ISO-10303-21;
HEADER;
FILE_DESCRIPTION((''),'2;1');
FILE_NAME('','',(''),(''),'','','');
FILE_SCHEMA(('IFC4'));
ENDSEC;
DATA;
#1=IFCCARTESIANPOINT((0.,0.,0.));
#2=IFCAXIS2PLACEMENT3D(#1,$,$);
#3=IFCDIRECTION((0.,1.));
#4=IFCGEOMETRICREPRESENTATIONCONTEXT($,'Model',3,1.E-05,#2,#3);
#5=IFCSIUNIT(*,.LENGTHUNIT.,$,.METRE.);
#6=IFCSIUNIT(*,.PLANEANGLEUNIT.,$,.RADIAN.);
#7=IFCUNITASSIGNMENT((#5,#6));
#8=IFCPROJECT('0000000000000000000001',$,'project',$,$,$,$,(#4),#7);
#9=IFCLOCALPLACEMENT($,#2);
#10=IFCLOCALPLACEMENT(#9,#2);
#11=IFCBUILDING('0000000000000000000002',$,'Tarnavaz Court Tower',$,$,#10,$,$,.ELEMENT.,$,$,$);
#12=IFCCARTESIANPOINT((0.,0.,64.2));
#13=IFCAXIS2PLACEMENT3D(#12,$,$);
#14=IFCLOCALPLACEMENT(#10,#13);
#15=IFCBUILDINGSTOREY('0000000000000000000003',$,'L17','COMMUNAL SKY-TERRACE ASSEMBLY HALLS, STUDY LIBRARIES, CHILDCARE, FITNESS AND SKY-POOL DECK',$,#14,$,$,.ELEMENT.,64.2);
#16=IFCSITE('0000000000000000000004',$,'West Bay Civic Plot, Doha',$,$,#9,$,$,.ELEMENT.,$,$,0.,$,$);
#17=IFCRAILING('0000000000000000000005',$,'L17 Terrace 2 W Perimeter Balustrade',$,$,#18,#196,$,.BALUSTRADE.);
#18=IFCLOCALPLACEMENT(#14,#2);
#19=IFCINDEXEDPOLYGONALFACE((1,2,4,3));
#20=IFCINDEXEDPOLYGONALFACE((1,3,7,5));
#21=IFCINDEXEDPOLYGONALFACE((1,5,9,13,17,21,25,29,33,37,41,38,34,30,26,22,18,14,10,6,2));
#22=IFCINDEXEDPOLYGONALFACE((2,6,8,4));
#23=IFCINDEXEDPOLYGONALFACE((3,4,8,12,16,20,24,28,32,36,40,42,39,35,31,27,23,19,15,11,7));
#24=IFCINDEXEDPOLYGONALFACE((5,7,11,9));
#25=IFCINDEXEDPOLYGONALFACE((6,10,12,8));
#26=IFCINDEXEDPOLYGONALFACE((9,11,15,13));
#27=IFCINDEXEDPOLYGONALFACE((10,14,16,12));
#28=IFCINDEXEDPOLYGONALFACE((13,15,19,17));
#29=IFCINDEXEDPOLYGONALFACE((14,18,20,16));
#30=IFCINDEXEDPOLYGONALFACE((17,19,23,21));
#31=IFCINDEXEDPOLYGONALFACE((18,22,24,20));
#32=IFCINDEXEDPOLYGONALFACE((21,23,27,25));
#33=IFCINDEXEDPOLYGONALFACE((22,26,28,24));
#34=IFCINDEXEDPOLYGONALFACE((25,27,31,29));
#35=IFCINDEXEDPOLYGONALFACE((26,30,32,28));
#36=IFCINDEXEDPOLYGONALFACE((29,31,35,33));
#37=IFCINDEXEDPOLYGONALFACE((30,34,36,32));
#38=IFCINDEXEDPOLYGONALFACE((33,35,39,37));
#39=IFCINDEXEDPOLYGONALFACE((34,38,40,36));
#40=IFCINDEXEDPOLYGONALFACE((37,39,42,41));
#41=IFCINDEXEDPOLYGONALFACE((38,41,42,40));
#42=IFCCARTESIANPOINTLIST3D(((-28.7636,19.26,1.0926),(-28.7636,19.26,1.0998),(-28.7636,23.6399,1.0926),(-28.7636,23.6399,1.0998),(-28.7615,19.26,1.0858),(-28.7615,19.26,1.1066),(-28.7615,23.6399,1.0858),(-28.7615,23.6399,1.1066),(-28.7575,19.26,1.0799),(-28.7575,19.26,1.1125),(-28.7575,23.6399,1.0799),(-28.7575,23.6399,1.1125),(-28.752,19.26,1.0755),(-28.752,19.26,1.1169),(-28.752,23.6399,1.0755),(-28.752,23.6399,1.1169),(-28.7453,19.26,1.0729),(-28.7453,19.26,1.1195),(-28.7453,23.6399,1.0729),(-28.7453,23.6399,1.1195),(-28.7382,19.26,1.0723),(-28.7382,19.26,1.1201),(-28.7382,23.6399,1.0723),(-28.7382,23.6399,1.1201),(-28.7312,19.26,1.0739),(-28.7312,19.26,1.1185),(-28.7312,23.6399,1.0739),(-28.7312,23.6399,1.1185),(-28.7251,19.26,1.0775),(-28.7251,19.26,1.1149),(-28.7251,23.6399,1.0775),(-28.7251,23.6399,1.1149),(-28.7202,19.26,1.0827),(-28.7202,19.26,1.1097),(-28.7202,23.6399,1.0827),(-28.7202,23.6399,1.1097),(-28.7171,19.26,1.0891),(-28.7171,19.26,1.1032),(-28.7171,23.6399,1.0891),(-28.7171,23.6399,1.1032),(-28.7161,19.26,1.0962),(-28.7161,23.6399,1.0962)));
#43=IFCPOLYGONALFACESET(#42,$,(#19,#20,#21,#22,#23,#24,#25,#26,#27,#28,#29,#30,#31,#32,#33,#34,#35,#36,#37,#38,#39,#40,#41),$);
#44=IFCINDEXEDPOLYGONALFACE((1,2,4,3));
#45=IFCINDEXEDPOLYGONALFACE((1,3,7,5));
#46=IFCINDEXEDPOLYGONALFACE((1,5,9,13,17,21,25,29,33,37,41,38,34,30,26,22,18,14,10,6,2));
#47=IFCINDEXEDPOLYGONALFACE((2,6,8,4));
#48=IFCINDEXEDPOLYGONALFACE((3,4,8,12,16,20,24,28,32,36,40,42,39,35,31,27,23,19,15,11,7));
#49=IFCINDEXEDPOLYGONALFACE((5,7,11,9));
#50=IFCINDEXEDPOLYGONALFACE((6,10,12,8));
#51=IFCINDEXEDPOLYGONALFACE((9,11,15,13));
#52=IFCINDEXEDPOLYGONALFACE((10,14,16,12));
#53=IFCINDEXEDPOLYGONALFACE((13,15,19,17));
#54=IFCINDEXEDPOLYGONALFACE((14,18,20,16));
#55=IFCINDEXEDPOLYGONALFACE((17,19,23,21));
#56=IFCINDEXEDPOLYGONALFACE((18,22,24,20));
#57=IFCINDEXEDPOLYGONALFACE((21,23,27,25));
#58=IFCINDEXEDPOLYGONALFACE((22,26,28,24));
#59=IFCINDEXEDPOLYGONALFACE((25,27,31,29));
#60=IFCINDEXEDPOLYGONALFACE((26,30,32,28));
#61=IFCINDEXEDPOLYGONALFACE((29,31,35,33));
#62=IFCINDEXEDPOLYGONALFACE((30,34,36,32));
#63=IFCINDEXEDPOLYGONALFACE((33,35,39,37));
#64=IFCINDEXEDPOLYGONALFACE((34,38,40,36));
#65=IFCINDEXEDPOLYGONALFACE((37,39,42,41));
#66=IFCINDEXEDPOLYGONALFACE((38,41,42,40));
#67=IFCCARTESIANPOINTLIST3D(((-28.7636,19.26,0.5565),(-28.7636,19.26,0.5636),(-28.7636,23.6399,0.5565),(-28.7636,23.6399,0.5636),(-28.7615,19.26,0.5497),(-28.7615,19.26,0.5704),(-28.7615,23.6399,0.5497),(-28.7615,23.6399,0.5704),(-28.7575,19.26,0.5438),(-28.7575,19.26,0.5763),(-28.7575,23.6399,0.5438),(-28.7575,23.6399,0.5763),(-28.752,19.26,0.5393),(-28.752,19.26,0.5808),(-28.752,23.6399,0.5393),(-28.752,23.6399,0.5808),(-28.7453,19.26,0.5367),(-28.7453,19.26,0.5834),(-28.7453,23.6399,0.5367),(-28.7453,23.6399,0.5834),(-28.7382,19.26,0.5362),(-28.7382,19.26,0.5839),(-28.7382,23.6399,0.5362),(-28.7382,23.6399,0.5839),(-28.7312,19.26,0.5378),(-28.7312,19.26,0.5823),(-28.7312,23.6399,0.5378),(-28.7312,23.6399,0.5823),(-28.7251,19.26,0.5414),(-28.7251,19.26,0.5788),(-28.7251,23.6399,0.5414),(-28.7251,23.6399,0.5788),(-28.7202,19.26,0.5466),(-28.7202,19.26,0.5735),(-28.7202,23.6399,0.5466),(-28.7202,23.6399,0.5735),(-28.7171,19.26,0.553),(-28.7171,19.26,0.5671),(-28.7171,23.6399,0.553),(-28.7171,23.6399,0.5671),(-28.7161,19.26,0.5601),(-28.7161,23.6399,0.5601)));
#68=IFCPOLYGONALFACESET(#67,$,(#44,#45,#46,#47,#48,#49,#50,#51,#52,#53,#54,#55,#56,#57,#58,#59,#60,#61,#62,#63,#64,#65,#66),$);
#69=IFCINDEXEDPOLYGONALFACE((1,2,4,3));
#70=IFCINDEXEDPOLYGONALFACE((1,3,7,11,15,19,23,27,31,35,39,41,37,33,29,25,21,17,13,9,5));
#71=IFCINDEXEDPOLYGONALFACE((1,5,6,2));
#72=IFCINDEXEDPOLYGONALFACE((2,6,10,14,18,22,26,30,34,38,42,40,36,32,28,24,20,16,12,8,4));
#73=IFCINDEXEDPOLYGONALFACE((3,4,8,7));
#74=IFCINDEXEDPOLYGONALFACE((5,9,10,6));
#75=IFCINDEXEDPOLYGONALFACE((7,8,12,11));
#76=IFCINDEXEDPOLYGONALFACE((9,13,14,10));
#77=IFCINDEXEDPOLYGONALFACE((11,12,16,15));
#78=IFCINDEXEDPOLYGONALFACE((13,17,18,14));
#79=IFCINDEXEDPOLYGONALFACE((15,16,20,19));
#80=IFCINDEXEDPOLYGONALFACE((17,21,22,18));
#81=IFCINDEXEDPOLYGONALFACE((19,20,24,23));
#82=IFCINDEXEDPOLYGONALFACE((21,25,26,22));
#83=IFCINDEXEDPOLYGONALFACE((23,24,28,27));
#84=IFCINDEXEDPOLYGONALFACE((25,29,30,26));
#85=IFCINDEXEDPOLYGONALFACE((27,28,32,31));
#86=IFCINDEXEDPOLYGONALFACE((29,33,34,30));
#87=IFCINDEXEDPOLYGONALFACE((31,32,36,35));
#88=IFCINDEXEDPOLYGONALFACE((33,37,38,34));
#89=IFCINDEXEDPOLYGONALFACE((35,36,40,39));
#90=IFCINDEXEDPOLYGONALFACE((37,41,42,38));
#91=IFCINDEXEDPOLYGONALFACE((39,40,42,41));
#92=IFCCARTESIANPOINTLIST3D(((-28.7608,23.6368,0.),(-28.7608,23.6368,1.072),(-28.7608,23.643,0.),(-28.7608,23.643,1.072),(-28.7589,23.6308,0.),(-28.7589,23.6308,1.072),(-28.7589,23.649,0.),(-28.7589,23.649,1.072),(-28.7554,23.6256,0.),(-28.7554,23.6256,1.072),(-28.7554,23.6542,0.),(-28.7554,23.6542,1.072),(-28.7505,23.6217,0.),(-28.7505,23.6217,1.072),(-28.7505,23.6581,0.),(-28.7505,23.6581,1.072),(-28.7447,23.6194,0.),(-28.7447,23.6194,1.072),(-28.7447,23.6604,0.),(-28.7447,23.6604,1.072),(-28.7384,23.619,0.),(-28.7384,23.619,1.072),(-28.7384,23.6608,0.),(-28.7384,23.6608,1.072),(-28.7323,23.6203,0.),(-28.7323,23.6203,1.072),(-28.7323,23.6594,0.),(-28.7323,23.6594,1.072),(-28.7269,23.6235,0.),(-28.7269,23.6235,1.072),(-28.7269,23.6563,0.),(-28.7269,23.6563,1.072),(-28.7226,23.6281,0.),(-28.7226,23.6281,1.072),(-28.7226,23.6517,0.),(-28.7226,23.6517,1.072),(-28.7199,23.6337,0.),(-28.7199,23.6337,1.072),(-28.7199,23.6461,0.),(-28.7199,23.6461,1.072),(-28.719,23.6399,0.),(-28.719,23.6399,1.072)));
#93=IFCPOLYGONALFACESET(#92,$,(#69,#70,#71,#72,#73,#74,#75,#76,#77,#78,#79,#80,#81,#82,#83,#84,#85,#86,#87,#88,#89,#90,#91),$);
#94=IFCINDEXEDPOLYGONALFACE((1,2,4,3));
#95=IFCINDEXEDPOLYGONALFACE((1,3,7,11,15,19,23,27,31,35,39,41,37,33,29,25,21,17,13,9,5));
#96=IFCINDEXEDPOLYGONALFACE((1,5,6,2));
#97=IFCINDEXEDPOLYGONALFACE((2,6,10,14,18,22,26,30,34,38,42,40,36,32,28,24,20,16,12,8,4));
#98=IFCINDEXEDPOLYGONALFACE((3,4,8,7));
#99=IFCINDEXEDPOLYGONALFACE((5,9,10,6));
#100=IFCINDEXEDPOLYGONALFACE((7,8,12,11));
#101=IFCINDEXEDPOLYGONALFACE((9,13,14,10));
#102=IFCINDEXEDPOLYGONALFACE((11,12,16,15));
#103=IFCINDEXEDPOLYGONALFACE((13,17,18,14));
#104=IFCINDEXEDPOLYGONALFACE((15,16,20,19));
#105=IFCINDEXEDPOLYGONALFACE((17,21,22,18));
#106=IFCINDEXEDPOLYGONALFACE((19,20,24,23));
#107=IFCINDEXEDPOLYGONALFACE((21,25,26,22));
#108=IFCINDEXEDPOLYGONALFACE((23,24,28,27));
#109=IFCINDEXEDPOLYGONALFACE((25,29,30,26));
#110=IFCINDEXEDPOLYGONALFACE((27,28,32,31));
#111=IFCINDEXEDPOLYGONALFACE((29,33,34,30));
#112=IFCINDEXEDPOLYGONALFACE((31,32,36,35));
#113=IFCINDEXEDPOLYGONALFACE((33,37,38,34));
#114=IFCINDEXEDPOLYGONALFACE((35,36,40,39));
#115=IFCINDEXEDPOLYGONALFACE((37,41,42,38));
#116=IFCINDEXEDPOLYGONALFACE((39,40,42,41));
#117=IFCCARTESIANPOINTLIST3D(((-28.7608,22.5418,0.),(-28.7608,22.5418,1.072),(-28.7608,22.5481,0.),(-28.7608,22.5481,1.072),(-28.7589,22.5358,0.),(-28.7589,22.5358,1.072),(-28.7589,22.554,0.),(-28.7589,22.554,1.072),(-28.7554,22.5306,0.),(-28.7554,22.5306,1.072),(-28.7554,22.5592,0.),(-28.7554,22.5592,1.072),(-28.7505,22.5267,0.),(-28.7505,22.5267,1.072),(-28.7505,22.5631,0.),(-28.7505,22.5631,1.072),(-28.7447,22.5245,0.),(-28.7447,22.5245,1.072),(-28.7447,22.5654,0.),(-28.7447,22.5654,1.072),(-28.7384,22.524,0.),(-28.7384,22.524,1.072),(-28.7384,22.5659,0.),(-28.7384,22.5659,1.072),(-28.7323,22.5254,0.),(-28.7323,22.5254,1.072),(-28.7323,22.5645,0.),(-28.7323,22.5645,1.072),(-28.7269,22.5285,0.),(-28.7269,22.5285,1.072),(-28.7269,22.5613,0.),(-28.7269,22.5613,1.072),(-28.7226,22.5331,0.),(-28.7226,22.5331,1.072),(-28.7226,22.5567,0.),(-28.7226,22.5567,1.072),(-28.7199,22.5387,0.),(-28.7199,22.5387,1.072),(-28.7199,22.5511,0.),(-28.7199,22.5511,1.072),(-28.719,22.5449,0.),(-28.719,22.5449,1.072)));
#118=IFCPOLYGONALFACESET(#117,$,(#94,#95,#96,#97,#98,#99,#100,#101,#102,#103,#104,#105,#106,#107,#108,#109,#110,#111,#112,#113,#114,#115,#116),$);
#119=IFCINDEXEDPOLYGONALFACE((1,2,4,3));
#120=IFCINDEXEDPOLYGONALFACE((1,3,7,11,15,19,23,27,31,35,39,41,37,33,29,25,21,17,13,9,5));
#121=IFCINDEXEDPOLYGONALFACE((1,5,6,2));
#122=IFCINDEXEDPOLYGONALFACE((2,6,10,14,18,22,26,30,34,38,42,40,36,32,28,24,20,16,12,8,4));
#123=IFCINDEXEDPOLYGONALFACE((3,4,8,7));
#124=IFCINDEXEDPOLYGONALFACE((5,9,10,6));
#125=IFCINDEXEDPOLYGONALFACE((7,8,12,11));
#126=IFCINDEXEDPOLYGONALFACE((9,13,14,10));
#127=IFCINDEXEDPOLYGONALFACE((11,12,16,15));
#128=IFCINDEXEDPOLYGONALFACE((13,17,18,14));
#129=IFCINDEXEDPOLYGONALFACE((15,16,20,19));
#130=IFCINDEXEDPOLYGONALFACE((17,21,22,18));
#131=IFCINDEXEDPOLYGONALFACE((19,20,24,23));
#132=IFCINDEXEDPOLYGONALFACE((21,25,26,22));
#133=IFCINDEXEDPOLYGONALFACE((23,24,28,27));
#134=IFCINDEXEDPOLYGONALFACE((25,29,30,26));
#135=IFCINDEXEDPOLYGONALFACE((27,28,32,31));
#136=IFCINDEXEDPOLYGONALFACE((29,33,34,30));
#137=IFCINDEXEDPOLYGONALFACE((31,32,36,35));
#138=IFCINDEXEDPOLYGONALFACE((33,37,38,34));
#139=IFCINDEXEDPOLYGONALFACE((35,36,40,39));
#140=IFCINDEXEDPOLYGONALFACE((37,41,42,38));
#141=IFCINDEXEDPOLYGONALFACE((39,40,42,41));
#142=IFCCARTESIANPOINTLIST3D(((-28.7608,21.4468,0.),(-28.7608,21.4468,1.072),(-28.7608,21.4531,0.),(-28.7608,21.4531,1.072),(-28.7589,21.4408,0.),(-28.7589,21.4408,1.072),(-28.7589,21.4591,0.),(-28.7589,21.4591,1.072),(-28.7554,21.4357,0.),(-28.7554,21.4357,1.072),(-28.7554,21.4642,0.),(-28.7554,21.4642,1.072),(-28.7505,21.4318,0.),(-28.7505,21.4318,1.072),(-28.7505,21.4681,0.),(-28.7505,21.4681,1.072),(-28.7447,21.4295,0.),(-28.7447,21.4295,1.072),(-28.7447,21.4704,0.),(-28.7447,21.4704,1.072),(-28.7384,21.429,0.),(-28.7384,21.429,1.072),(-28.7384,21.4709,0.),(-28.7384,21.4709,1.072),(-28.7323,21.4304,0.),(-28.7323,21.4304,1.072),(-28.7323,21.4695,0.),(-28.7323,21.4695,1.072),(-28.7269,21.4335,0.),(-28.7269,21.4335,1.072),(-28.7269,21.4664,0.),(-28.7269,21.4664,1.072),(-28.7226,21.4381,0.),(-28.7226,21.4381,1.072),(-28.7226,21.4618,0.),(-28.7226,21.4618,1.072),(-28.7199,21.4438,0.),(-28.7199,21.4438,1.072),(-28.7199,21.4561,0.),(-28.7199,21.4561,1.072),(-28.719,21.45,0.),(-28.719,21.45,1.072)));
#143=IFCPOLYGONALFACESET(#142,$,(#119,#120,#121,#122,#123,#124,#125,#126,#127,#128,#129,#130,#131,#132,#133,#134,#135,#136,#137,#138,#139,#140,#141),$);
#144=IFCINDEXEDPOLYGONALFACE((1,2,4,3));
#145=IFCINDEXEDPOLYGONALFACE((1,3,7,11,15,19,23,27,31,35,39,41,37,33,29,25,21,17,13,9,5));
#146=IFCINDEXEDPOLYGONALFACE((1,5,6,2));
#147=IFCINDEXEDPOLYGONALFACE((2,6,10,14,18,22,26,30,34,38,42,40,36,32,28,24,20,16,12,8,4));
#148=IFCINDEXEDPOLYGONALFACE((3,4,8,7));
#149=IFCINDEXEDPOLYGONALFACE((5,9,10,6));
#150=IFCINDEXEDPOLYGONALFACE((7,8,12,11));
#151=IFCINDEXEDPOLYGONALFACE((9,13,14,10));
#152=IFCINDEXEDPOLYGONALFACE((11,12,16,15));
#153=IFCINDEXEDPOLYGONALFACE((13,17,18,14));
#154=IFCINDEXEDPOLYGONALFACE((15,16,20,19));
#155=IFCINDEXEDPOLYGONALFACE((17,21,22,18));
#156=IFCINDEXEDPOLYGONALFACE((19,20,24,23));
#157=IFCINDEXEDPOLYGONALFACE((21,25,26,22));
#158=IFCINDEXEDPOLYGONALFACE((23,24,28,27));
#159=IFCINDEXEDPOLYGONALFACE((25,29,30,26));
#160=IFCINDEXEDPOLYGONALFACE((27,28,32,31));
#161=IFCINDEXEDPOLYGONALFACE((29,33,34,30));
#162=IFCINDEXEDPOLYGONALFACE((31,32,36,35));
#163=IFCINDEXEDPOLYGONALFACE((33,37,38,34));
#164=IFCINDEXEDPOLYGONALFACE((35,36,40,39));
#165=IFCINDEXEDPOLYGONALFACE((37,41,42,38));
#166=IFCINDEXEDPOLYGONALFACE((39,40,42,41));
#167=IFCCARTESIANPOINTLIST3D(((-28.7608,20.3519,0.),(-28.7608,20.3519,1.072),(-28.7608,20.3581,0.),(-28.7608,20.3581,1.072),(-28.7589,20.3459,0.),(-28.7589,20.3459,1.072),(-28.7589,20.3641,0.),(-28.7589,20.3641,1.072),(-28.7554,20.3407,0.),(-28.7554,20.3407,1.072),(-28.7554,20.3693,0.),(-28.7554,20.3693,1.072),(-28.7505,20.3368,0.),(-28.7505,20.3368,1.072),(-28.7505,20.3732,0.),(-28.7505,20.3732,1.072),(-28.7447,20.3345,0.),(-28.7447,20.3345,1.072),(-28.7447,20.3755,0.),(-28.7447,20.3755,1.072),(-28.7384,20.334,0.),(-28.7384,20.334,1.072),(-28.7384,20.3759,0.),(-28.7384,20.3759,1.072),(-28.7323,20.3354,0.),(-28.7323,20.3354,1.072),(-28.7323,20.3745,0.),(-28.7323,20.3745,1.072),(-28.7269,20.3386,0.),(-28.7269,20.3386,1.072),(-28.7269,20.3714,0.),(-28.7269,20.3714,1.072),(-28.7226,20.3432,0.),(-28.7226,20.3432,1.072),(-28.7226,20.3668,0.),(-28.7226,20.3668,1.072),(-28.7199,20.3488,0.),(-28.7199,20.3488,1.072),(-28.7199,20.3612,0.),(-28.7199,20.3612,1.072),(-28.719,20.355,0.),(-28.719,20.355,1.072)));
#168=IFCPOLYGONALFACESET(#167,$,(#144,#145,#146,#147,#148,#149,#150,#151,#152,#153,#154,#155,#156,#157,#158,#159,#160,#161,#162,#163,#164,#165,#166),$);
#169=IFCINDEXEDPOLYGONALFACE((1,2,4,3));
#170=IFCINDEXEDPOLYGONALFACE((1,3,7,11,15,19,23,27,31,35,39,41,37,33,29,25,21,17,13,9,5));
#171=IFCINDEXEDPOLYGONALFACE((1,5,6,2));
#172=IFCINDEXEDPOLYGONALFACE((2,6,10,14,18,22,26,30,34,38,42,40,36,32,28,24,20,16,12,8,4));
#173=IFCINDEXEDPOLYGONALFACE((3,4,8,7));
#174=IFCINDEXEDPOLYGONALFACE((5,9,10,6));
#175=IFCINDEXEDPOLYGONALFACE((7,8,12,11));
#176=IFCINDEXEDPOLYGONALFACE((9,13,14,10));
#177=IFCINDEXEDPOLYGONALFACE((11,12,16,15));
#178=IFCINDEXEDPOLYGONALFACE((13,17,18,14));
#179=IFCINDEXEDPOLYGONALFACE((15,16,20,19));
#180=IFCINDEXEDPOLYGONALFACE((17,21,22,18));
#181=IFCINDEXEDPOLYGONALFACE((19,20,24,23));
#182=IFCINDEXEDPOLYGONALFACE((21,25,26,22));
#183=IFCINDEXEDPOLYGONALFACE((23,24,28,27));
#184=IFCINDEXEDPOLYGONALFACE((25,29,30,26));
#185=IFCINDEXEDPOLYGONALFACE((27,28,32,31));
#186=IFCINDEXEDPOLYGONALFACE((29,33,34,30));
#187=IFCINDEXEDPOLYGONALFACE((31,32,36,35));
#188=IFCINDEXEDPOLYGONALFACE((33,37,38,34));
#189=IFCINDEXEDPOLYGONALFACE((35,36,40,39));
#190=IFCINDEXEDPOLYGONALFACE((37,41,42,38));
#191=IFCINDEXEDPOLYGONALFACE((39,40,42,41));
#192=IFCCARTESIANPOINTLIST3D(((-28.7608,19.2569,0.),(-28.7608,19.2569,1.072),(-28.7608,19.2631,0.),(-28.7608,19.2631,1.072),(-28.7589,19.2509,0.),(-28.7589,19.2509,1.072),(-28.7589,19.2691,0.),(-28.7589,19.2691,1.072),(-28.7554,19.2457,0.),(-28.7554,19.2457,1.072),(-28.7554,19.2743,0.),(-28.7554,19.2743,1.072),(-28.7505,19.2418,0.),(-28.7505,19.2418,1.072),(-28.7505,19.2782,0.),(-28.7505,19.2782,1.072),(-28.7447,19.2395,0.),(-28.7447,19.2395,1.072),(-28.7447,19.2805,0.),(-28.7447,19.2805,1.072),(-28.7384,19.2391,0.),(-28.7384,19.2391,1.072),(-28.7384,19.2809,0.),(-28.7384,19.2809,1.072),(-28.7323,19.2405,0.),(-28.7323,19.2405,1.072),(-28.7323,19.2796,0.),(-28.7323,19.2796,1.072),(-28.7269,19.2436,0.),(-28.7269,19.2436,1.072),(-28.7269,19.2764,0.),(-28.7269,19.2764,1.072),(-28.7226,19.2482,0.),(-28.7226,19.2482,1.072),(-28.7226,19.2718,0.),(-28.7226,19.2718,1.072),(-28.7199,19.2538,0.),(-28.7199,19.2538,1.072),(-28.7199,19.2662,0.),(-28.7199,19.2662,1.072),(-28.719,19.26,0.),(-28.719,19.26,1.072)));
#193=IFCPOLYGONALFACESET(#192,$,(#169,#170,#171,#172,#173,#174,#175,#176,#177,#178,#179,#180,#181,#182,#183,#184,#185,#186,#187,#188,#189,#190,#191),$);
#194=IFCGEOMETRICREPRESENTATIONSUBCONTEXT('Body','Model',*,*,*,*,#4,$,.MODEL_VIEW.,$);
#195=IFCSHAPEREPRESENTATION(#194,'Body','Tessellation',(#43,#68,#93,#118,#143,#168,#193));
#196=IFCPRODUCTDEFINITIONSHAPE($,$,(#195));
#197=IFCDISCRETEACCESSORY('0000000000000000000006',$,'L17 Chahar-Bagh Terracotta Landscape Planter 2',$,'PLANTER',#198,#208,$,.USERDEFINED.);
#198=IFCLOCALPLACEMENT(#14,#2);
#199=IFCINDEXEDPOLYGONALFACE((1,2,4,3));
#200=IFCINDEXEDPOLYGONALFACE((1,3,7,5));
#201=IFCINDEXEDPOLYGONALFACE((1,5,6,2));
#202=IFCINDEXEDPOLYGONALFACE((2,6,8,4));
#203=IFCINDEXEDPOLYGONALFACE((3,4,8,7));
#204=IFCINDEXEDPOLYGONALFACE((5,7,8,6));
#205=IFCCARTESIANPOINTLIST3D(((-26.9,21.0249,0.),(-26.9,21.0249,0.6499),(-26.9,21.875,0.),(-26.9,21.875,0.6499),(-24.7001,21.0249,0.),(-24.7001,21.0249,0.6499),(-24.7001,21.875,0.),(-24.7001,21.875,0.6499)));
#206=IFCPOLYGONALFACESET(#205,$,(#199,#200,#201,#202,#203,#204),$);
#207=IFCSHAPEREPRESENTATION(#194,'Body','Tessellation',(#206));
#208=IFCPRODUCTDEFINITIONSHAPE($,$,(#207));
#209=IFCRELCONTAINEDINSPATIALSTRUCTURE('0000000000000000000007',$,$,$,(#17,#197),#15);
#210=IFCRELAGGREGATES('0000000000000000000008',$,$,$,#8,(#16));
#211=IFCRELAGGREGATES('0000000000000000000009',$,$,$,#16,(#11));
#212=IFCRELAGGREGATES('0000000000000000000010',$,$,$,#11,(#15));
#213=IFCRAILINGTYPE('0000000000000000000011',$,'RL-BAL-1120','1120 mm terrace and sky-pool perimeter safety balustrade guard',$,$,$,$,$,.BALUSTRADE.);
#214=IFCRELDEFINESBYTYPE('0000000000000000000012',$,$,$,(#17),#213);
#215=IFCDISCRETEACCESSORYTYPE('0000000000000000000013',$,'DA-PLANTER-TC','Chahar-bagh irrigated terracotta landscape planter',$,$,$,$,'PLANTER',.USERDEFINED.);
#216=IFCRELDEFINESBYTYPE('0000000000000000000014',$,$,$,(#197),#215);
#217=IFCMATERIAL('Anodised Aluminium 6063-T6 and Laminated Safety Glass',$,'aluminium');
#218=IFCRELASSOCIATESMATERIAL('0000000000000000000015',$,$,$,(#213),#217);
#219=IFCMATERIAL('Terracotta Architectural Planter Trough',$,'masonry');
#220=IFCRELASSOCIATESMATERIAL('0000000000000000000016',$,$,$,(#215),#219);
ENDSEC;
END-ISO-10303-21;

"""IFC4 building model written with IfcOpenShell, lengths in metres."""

from ifc_helpers import new_model, si_unit, direction, frame, origin, origin_2d, place, context, subcontext, project, spatial, rectangle, circle, extrude, material, type_object, element, save


model = new_model("IFC4")

# Units and contexts
model_context = context("Model", 3, precision=1e-05, world=origin(), true_north=direction((0.0, 1.0)))
body_context = subcontext(model_context, "Body", "Model", "MODEL_VIEW")
ifc_project = project(units=[si_unit("LENGTHUNIT", "METRE"), si_unit("PLANEANGLEUNIT", "RADIAN")], contexts=[model_context])

# Site, building, storey
site_placement = place(None, origin())
site = spatial("IfcSite", under=ifc_project, at=site_placement, Name="West Bay Civic Plot, Doha", CompositionType="ELEMENT", RefElevation=0.0)
building_placement = place(site_placement, origin())
building = spatial("IfcBuilding", under=site, at=building_placement, Name="Tarnavaz Court Tower", CompositionType="ELEMENT")
storey_placement = place(building_placement, frame((0.0, 0.0, 64.2)))
storey = spatial("IfcBuildingStorey", under=building, at=storey_placement, Name="L17", Description="COMMUNAL SKY-TERRACE ASSEMBLY HALLS, STUDY LIBRARIES, CHILDCARE, FITNESS AND SKY-POOL DECK", CompositionType="ELEMENT", Elevation=64.2)

# Railing
ifc_material_1 = material(Name="Anodised Aluminium 6063-T6 and Laminated Safety Glass", Category="aluminium")
railing_type = type_object("IfcRailingType", Name="RL-BAL-1120", Description="1120 mm terrace and sky-pool perimeter safety balustrade guard", PredefinedType="BALUSTRADE", material=ifc_material_1)
railing_1_placement = place(storey_placement, frame((-28.74, 23.6399, 0.0)))
element("IfcRailing", 1, at=railing_1_placement, inside=storey, type_object=railing_type, Name="L17 Terrace 2 W Perimeter Balustrade", PredefinedType="BALUSTRADE", context=body_context, shape_type="SweptSolid", body=[
    extrude(circle(Radius=0.0239, at=origin_2d()), frame((0.0, 0.0, 1.0962), z_axis=(0.0, -1.0, 0.0), x_axis=(1.0, 0.0, 0.0)), (0.0, 0.0, 1.0), 4.3799),
    extrude(circle(Radius=0.0239, at=origin_2d()), frame((0.0, 0.0, 0.5601), z_axis=(0.0, -1.0, 0.0), x_axis=(1.0, 0.0, 0.0)), (0.0, 0.0, 1.0), 4.3799),
    extrude(circle(Radius=0.021, at=origin_2d()), origin(), (0.0, 0.0, 1.0), 1.072),
    extrude(circle(Radius=0.021, at=origin_2d()), frame((0.0, -1.095, 0.0)), (0.0, 0.0, 1.0), 1.072),
    extrude(circle(Radius=0.021, at=origin_2d()), frame((0.0, -2.1899, 0.0)), (0.0, 0.0, 1.0), 1.072),
    extrude(circle(Radius=0.021, at=origin_2d()), frame((0.0, -3.2849, 0.0)), (0.0, 0.0, 1.0), 1.072),
    extrude(circle(Radius=0.021, at=origin_2d()), frame((0.0, -4.3799, 0.0)), (0.0, 0.0, 1.0), 1.072),
])

# Discrete accessory
ifc_material_2 = material(Name="Terracotta Architectural Planter Trough", Category="masonry")
discrete_accessory_type = type_object("IfcDiscreteAccessoryType", Name="DA-PLANTER-TC", Description="Chahar-bagh irrigated terracotta landscape planter", ElementType="PLANTER", PredefinedType="USERDEFINED", material=ifc_material_2)
discrete_accessory_placement = place(storey_placement, frame((-25.8, 21.45, 0.0), z_axis=(0.0, 0.0, 1.0), x_axis=(1.0, 0.0, 0.0)))
element("IfcDiscreteAccessory", 2, at=discrete_accessory_placement, inside=storey, type_object=discrete_accessory_type, Name="L17 Chahar-Bagh Terracotta Landscape Planter 2", ObjectType="PLANTER", PredefinedType="USERDEFINED", context=body_context, shape_type="SweptSolid", body=[
    extrude(rectangle(XDim=2.2, YDim=0.8501, at=origin_2d()), origin(), (0.0, 0.0, 1.0), 0.6499),
])

save(model, "model.ifc")
